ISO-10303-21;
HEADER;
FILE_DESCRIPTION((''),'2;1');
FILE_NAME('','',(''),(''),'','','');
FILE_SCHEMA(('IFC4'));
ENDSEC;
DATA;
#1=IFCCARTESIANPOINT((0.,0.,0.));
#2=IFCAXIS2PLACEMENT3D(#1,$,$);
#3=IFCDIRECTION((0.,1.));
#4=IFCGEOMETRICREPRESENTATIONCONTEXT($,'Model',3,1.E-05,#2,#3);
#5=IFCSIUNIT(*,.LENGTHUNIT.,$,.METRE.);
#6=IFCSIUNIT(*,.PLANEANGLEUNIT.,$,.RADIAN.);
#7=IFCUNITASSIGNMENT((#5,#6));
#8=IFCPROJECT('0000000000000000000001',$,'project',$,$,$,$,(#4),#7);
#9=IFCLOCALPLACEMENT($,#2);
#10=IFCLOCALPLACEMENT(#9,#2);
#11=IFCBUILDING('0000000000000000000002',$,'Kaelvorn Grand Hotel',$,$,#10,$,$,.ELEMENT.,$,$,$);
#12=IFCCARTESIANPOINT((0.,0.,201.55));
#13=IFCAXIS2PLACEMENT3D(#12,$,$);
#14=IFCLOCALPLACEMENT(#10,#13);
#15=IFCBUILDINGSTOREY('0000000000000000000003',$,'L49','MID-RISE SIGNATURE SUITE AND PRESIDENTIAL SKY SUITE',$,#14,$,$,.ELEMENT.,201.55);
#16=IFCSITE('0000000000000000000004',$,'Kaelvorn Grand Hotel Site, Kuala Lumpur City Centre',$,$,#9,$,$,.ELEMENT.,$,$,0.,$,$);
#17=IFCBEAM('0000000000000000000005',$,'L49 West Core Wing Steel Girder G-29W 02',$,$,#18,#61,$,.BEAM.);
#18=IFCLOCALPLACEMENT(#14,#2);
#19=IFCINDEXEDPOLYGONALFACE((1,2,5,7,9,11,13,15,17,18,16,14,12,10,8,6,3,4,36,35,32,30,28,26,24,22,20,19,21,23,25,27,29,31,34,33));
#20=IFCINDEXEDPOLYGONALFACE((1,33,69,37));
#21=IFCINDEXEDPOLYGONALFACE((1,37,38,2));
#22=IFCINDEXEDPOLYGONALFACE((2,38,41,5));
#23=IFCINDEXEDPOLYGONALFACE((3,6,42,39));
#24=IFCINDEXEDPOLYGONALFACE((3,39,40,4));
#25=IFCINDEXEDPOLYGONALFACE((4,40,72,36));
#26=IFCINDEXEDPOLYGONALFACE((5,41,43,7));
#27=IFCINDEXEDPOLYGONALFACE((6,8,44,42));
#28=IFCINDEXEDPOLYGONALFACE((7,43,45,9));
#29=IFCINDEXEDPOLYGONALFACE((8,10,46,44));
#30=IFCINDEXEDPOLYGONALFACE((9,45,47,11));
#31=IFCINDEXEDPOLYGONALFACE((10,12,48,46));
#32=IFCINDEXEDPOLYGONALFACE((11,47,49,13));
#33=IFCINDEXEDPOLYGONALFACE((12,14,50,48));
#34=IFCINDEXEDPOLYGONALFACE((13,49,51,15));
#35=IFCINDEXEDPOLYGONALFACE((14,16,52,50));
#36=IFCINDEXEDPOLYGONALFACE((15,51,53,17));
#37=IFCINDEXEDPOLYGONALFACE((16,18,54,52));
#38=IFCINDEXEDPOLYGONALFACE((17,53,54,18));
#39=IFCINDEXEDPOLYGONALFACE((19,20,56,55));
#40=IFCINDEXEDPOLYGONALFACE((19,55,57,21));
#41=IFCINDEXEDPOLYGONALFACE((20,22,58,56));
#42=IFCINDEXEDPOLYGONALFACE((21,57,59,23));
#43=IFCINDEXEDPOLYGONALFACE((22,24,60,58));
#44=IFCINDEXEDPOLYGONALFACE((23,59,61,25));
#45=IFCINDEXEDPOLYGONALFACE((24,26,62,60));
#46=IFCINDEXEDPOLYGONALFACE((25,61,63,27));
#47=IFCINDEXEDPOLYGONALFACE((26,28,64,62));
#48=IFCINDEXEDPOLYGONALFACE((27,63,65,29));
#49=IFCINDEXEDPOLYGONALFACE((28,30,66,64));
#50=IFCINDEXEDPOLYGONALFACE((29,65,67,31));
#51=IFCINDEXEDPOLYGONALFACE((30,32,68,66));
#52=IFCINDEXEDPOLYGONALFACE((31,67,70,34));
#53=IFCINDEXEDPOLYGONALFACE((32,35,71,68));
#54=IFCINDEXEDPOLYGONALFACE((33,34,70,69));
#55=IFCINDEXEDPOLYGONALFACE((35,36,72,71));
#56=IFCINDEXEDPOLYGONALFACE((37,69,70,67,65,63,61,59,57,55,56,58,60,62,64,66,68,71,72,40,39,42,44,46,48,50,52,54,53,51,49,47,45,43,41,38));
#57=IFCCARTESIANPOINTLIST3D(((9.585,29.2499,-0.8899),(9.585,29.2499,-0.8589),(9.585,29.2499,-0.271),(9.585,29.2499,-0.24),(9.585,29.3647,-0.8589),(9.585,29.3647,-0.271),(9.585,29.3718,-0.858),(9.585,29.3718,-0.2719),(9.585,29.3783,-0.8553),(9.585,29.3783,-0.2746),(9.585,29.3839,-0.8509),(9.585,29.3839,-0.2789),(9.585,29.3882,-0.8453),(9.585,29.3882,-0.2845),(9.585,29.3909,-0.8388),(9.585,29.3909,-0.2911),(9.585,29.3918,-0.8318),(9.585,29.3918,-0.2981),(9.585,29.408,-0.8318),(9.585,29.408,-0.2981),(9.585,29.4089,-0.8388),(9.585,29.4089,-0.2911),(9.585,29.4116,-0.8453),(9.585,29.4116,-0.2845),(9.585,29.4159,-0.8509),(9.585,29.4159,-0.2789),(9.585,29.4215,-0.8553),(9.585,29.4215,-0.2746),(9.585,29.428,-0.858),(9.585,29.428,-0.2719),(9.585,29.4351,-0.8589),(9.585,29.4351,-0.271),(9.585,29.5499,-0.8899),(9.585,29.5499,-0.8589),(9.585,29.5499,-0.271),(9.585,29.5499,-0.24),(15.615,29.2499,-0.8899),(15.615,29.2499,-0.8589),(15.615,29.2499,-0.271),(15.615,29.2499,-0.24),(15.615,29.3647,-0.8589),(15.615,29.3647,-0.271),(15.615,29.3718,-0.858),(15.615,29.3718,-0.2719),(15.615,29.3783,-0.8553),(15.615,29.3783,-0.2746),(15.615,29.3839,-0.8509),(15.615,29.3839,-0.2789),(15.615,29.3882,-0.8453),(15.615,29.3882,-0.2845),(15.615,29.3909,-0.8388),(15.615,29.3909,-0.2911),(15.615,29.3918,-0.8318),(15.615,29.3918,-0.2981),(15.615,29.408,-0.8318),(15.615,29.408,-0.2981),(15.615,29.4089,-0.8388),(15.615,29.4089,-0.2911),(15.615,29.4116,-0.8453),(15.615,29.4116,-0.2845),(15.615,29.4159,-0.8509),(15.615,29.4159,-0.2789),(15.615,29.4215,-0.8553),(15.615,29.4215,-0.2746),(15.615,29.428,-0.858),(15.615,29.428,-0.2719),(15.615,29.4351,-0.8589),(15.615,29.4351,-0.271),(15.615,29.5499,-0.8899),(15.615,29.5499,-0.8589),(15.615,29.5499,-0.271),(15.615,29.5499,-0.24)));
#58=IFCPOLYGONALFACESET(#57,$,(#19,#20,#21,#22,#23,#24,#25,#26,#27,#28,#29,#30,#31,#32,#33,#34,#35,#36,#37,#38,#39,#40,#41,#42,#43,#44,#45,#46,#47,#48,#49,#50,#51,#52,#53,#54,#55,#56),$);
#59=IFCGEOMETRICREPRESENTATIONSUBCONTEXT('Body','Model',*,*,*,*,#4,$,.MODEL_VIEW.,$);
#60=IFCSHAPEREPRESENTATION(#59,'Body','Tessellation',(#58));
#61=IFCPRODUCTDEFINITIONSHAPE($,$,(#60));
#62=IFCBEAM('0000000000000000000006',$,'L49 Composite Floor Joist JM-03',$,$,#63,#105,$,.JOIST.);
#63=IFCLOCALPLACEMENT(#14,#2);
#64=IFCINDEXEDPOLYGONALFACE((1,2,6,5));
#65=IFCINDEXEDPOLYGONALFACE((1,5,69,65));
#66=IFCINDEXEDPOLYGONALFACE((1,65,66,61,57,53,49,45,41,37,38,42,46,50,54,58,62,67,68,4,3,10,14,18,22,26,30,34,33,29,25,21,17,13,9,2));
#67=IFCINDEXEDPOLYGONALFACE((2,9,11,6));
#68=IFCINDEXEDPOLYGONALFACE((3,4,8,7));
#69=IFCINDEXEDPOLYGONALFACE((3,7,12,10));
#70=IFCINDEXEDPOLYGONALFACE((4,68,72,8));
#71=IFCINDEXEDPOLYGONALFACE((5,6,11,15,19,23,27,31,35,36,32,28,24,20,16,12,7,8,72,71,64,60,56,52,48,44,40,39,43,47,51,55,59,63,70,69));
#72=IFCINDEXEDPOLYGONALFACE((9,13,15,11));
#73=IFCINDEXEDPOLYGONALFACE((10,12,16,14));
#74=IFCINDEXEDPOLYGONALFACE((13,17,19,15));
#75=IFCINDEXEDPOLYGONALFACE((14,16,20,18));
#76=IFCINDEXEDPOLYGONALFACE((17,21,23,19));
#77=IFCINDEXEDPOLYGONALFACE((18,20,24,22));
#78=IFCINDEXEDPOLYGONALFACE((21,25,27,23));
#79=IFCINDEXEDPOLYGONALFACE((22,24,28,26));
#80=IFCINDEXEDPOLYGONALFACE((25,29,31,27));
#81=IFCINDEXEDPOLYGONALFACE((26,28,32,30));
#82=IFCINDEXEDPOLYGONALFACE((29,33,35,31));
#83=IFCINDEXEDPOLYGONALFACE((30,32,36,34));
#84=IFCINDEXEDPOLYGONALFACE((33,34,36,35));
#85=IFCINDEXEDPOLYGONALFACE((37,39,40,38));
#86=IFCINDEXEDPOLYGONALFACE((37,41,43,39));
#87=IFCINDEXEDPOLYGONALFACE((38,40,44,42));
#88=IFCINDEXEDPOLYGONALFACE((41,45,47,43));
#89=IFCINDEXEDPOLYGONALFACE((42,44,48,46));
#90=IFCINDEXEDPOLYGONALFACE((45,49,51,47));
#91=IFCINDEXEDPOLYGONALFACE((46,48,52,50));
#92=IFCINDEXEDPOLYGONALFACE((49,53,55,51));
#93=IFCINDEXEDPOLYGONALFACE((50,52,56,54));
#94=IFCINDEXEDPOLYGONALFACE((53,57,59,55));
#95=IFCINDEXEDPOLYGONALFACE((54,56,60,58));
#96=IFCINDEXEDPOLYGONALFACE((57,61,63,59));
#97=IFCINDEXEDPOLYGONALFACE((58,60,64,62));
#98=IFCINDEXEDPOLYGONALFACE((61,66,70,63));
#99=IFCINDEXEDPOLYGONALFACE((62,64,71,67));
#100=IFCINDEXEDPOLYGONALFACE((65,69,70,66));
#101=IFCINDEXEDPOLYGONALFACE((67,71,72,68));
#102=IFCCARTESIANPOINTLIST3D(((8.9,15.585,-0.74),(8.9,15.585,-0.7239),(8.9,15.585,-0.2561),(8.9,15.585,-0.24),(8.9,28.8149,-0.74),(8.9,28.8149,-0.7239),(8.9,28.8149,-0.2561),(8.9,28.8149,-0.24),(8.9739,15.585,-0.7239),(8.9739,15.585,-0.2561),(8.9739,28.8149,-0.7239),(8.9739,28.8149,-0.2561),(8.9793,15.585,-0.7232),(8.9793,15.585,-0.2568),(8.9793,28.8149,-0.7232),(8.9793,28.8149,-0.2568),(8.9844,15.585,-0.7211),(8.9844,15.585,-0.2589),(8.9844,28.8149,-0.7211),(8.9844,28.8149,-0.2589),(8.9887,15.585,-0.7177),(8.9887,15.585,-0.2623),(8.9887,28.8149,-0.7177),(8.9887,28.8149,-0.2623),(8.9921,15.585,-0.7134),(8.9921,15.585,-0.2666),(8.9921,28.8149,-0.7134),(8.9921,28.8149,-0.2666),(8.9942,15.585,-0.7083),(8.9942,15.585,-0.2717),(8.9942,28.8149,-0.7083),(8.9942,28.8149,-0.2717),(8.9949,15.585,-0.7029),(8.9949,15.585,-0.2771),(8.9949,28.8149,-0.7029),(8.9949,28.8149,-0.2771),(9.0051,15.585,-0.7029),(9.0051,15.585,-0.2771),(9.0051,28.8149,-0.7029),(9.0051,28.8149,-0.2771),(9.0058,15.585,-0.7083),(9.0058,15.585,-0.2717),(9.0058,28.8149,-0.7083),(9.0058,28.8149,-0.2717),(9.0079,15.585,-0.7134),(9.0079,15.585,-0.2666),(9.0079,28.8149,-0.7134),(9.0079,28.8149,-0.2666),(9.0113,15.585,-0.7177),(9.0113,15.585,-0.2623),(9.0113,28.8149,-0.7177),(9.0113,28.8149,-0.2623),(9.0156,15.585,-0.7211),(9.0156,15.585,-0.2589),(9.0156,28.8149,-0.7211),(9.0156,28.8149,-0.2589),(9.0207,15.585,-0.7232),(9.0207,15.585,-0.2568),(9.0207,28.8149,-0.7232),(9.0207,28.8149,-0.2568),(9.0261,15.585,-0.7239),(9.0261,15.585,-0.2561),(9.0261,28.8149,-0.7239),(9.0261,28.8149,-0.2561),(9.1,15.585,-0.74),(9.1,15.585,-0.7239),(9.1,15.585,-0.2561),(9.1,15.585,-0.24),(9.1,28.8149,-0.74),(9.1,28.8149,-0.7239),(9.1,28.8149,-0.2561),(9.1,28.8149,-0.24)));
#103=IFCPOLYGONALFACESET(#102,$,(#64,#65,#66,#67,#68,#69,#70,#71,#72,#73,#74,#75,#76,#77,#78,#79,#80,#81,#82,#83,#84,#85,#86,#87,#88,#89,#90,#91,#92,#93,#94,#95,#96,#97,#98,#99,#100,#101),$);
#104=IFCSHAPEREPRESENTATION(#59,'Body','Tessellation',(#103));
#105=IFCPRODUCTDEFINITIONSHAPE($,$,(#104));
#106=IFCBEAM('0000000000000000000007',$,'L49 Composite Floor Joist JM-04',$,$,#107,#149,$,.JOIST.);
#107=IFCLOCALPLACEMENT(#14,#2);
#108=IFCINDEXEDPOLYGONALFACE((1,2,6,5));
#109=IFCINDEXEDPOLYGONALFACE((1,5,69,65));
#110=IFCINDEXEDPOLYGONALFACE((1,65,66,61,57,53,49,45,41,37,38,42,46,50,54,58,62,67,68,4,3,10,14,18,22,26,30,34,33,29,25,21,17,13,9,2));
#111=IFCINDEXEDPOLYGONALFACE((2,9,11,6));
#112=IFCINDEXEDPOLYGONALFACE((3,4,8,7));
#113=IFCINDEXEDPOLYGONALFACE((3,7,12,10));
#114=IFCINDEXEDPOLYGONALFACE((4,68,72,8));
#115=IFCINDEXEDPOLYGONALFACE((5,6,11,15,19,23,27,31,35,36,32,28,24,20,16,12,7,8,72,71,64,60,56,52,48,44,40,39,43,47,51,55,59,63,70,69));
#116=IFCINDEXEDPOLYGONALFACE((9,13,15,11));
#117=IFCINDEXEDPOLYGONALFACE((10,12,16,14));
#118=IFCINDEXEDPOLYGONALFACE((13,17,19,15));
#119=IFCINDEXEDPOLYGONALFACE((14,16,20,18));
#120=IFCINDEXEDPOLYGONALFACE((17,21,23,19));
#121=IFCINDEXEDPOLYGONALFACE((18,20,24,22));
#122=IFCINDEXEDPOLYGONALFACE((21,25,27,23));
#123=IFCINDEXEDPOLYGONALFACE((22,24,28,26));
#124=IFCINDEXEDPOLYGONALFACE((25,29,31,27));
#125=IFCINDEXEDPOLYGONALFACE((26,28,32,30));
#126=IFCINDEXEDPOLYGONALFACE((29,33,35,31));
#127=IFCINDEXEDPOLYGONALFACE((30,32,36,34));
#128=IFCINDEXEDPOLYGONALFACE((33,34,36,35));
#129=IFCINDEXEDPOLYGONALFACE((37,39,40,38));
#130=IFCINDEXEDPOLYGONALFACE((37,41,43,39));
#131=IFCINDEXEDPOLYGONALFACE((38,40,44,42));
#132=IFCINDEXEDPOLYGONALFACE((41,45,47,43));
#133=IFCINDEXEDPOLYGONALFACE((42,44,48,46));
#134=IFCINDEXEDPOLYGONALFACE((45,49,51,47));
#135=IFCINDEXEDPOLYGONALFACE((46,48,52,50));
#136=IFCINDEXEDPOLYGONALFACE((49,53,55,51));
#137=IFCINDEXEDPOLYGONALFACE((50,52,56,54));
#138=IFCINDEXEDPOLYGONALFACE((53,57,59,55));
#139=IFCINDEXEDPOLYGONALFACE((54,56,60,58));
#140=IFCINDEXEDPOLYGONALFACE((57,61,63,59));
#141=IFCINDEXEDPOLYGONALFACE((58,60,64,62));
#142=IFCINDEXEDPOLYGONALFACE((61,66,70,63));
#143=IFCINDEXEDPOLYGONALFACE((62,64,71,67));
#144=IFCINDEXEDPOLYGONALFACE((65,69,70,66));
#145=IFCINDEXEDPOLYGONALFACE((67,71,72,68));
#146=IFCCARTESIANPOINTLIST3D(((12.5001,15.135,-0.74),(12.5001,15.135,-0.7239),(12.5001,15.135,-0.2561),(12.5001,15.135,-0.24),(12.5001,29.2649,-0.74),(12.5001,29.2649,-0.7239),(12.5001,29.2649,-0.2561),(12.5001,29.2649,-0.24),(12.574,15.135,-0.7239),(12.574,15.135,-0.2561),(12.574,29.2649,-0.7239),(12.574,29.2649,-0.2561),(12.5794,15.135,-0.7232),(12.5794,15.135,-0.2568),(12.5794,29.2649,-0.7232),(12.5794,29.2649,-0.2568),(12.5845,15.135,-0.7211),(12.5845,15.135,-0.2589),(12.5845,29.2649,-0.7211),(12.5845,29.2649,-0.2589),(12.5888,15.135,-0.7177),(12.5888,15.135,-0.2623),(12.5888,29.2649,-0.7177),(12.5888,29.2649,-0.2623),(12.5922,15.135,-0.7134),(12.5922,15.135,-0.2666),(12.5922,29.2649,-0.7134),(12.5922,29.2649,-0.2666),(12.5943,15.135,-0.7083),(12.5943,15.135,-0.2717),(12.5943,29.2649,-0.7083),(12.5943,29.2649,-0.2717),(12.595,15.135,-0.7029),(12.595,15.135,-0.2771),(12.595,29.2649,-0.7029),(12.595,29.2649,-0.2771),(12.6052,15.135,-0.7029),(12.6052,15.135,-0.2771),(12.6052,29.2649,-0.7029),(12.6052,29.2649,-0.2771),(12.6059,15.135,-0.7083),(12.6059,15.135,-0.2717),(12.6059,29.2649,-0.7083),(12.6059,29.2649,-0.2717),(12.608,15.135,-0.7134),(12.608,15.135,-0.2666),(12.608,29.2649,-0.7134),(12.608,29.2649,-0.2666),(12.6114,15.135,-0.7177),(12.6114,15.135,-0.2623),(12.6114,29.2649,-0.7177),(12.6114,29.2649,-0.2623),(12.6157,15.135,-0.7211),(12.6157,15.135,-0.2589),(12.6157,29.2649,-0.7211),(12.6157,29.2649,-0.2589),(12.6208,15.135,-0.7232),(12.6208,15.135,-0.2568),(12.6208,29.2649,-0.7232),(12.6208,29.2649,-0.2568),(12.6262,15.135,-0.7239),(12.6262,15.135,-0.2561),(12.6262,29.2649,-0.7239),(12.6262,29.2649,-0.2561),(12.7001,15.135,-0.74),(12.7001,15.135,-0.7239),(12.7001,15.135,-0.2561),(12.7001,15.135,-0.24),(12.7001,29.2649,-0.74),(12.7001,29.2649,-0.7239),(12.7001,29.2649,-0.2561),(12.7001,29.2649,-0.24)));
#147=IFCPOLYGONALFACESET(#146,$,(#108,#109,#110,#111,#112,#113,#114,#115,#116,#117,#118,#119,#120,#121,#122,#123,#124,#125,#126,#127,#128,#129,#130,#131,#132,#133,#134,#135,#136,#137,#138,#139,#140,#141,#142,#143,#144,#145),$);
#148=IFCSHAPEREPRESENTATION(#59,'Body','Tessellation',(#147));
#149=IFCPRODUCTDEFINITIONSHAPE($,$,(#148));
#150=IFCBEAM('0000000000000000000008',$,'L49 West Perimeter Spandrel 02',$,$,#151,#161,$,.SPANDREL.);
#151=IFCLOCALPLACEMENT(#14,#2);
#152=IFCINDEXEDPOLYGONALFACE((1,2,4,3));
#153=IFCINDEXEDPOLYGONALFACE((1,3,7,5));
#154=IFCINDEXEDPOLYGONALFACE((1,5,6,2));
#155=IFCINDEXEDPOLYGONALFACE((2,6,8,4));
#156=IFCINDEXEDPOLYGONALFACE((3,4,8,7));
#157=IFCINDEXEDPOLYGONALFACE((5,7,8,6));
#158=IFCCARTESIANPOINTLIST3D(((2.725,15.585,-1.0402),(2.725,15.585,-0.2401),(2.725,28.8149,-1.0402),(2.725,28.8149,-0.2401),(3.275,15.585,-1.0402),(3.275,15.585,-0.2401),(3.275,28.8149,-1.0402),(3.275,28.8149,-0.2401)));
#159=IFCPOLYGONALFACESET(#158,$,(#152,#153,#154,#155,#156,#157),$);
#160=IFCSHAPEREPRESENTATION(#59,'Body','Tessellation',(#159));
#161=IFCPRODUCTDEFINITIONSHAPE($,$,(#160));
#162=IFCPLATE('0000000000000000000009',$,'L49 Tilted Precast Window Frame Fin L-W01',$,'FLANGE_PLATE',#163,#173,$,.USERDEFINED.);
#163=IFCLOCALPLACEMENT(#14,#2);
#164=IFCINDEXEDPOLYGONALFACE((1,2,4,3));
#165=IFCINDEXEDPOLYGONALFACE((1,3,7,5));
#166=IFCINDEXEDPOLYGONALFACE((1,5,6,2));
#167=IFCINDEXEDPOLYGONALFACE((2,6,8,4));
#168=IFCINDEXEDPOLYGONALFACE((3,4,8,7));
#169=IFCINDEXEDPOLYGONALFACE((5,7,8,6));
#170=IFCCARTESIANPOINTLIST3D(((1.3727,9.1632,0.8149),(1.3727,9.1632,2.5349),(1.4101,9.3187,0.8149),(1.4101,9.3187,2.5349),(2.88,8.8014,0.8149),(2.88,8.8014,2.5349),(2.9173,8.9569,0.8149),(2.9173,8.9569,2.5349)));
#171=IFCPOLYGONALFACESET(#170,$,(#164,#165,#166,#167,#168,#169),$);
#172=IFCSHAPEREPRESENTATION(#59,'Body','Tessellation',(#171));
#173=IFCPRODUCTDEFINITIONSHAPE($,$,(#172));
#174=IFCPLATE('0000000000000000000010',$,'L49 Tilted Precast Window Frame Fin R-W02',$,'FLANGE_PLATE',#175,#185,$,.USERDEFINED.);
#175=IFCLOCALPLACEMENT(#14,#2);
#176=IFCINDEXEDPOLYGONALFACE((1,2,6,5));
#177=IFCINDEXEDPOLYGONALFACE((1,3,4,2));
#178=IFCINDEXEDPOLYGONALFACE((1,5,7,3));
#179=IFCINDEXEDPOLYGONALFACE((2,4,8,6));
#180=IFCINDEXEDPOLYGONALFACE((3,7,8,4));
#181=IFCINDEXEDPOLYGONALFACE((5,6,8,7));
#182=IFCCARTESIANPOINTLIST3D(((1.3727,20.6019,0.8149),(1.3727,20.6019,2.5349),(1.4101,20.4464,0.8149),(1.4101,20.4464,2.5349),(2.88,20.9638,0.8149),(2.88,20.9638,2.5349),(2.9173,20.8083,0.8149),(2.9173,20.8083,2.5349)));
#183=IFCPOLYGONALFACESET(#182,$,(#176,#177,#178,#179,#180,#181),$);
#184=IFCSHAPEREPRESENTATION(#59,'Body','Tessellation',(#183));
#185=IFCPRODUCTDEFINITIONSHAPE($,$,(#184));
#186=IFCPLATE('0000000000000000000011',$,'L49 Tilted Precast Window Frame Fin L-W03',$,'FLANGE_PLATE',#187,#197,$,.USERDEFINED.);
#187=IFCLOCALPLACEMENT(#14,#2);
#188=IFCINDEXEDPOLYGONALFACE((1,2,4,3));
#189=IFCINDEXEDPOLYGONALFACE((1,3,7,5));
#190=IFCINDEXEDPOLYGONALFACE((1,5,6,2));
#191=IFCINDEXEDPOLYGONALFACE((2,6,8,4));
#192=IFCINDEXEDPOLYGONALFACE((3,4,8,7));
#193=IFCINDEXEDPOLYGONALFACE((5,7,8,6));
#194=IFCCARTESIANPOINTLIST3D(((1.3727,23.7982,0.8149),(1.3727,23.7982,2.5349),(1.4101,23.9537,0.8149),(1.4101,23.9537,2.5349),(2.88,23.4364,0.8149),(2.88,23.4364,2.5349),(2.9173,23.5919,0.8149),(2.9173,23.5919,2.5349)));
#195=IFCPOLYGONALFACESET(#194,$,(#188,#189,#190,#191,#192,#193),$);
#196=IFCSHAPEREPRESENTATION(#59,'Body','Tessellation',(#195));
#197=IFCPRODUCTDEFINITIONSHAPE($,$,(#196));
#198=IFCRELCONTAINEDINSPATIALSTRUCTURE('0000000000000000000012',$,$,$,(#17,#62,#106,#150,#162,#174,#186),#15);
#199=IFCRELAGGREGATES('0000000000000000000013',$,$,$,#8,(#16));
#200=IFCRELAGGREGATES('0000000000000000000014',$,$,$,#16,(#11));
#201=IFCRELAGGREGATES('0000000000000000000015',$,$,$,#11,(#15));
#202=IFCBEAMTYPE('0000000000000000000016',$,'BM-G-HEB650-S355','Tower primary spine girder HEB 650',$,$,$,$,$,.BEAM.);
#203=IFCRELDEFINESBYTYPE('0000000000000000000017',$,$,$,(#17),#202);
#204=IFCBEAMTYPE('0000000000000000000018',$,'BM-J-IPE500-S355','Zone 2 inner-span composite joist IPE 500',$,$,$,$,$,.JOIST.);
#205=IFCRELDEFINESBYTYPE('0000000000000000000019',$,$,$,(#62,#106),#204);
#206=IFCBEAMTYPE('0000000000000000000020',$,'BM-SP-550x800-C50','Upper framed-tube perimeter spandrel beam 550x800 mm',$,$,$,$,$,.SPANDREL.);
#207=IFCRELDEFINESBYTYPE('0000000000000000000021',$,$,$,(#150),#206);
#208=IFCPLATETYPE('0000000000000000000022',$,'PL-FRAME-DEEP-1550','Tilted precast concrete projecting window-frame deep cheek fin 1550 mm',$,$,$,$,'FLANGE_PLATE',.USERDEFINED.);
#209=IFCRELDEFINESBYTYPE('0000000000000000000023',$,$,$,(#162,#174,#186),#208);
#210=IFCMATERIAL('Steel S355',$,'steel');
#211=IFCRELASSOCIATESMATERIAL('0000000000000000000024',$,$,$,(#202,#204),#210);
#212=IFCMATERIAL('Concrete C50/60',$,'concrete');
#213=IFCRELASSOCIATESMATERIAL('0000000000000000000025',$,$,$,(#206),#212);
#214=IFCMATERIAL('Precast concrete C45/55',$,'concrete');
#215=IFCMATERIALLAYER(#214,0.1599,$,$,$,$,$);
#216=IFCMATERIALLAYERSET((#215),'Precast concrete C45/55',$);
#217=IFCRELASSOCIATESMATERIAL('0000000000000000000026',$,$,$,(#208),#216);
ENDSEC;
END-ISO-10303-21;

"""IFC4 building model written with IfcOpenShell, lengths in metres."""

from ifc_helpers import new_model, si_unit, direction, frame, origin, origin_2d, place, context, subcontext, project, spatial, rectangle, i_section, extrude, material, layer, layer_set, material_profile, profile_set, type_object, element, save


model = new_model("IFC4")

# Units and contexts
model_context = context("Model", 3, precision=1e-05, world=origin(), true_north=direction((0.0, 1.0)))
body_context = subcontext(model_context, "Body", "Model", "MODEL_VIEW")
ifc_project = project(units=[si_unit("LENGTHUNIT", "METRE"), si_unit("PLANEANGLEUNIT", "RADIAN")], contexts=[model_context])

# Site, building, storey
site_placement = place(None, origin())
site = spatial("IfcSite", under=ifc_project, at=site_placement, Name="Kaelvorn Grand Hotel Site, Kuala Lumpur City Centre", CompositionType="ELEMENT", RefElevation=0.0)
building_placement = place(site_placement, origin())
building = spatial("IfcBuilding", under=site, at=building_placement, Name="Kaelvorn Grand Hotel", CompositionType="ELEMENT")
storey_placement = place(building_placement, frame((0.0, 0.0, 201.55)))
storey = spatial("IfcBuildingStorey", under=building, at=storey_placement, Name="L49", Description="MID-RISE SIGNATURE SUITE AND PRESIDENTIAL SKY SUITE", CompositionType="ELEMENT", Elevation=201.55)

# Beams
ifc_material_1 = material(Name="Steel S355", Category="steel")
ifc_material_profile_1 = material_profile(ifc_material_1, i_section(OverallWidth=0.3, OverallDepth=0.6499, WebThickness=0.0161, FlangeThickness=0.031, FilletRadius=0.0271, at=origin_2d()), Name="HEB 650")
ifc_profile_set_1 = profile_set([ifc_material_profile_1], Name="Steel S355")
beam_type_1 = type_object("IfcBeamType", Name="BM-G-HEB650-S355", Description="Tower primary spine girder HEB 650", PredefinedType="BEAM", material=ifc_profile_set_1)
beam_1_placement = place(storey_placement, frame((9.585, 29.3999, -0.5649), z_axis=(1.0, 0.0, 0.0), x_axis=(0.0, 1.0, 0.0)))
element("IfcBeam", 1, at=beam_1_placement, inside=storey, type_object=beam_type_1, Name="L49 West Core Wing Steel Girder G-29W 02", PredefinedType="BEAM", context=body_context, shape_type="SweptSolid", body=[
    extrude(i_section(OverallWidth=0.3, OverallDepth=0.6499, WebThickness=0.0161, FlangeThickness=0.031, FilletRadius=0.0271, at=origin_2d()), origin(), (0.0, 0.0, 1.0), 6.03),
])
ifc_material_profile_2 = material_profile(ifc_material_1, i_section(OverallWidth=0.2, OverallDepth=0.5, WebThickness=0.0103, FlangeThickness=0.0161, FilletRadius=0.021, at=origin_2d()), Name="IPE 500")
ifc_profile_set_2 = profile_set([ifc_material_profile_2], Name="Steel S355")
beam_type_2 = type_object("IfcBeamType", Name="BM-J-IPE500-S355", Description="Zone 2 inner-span composite joist IPE 500", PredefinedType="JOIST", material=ifc_profile_set_2)
beam_2_placement = place(storey_placement, frame((9.0, 15.585, -0.49), z_axis=(0.0, 1.0, 0.0), x_axis=(-1.0, 0.0, 0.0)))
element("IfcBeam", 2, at=beam_2_placement, inside=storey, type_object=beam_type_2, Name="L49 Composite Floor Joist JM-03", PredefinedType="JOIST", context=body_context, shape_type="SweptSolid", body=[
    extrude(i_section(OverallWidth=0.2, OverallDepth=0.5, WebThickness=0.0103, FlangeThickness=0.0161, FilletRadius=0.021, at=origin_2d()), origin(), (0.0, 0.0, 1.0), 13.23),
])
beam_3_placement = place(storey_placement, frame((12.6001, 15.135, -0.49), z_axis=(0.0, 1.0, 0.0), x_axis=(-1.0, 0.0, 0.0)))
element("IfcBeam", 3, at=beam_3_placement, inside=storey, type_object=beam_type_2, Name="L49 Composite Floor Joist JM-04", PredefinedType="JOIST", context=body_context, shape_type="SweptSolid", body=[
    extrude(i_section(OverallWidth=0.2, OverallDepth=0.5, WebThickness=0.0103, FlangeThickness=0.0161, FilletRadius=0.021, at=origin_2d()), origin(), (0.0, 0.0, 1.0), 14.1299),
])
ifc_material_2 = material(Name="Concrete C50/60", Category="concrete")
ifc_material_profile_3 = material_profile(ifc_material_2, rectangle(XDim=0.55, YDim=0.8, at=origin_2d()), Name="RC SPANDREL 550x800")
ifc_profile_set_3 = profile_set([ifc_material_profile_3], Name="Concrete C50/60")
beam_type_3 = type_object("IfcBeamType", Name="BM-SP-550x800-C50", Description="Upper framed-tube perimeter spandrel beam 550x800 mm", PredefinedType="SPANDREL", material=ifc_profile_set_3)
beam_4_placement = place(storey_placement, frame((3.0, 15.585, -0.6401), z_axis=(0.0, 1.0, 0.0), x_axis=(-1.0, 0.0, 0.0)))
element("IfcBeam", 4, at=beam_4_placement, inside=storey, type_object=beam_type_3, Name="L49 West Perimeter Spandrel 02", PredefinedType="SPANDREL", context=body_context, shape_type="SweptSolid", body=[
    extrude(rectangle(XDim=0.55, YDim=0.8, at=origin_2d()), origin(), (0.0, 0.0, 1.0), 13.23),
])

# Plates
ifc_material_3 = material(Name="Precast concrete C45/55", Category="concrete")
ifc_layer_1 = layer(ifc_material_3, 0.1599)
ifc_layer_set_1 = layer_set([ifc_layer_1], Name="Precast concrete C45/55")
plate_type_1 = type_object("IfcPlateType", Name="PL-FRAME-DEEP-1550", Description="Tilted precast concrete projecting window-frame deep cheek fin 1550 mm", ElementType="FLANGE_PLATE", PredefinedType="USERDEFINED", material=ifc_layer_set_1)
for number, where, z_axis, x_axis, name in (
    (5, (2.145, 9.0601, 0.8149), (0.0, 0.0, 1.0), (0.233445, 0.97237, 0.0), "L49 Tilted Precast Window Frame Fin L-W01"),
    (6, (2.145, 20.7051, 0.8149), (0.0, 0.0, 1.0), (-0.233445, 0.97237, 0.0), "L49 Tilted Precast Window Frame Fin R-W02"),
    (7, (2.145, 23.6951, 0.8149), (0.0, 0.0, 1.0), (0.233445, 0.97237, 0.0), "L49 Tilted Precast Window Frame Fin L-W03"),
):
    element("IfcPlate", number, at=place(storey_placement, frame(where, z_axis=z_axis, x_axis=x_axis)), inside=storey, type_object=plate_type_1, Name=name, ObjectType="FLANGE_PLATE", PredefinedType="USERDEFINED", context=body_context, shape_type="SweptSolid", body=[
        extrude(rectangle(XDim=0.1599, YDim=1.55, at=origin_2d()), origin(), (0.0, 0.0, 1.0), 1.72),
    ])

save(model, "model.ifc")
